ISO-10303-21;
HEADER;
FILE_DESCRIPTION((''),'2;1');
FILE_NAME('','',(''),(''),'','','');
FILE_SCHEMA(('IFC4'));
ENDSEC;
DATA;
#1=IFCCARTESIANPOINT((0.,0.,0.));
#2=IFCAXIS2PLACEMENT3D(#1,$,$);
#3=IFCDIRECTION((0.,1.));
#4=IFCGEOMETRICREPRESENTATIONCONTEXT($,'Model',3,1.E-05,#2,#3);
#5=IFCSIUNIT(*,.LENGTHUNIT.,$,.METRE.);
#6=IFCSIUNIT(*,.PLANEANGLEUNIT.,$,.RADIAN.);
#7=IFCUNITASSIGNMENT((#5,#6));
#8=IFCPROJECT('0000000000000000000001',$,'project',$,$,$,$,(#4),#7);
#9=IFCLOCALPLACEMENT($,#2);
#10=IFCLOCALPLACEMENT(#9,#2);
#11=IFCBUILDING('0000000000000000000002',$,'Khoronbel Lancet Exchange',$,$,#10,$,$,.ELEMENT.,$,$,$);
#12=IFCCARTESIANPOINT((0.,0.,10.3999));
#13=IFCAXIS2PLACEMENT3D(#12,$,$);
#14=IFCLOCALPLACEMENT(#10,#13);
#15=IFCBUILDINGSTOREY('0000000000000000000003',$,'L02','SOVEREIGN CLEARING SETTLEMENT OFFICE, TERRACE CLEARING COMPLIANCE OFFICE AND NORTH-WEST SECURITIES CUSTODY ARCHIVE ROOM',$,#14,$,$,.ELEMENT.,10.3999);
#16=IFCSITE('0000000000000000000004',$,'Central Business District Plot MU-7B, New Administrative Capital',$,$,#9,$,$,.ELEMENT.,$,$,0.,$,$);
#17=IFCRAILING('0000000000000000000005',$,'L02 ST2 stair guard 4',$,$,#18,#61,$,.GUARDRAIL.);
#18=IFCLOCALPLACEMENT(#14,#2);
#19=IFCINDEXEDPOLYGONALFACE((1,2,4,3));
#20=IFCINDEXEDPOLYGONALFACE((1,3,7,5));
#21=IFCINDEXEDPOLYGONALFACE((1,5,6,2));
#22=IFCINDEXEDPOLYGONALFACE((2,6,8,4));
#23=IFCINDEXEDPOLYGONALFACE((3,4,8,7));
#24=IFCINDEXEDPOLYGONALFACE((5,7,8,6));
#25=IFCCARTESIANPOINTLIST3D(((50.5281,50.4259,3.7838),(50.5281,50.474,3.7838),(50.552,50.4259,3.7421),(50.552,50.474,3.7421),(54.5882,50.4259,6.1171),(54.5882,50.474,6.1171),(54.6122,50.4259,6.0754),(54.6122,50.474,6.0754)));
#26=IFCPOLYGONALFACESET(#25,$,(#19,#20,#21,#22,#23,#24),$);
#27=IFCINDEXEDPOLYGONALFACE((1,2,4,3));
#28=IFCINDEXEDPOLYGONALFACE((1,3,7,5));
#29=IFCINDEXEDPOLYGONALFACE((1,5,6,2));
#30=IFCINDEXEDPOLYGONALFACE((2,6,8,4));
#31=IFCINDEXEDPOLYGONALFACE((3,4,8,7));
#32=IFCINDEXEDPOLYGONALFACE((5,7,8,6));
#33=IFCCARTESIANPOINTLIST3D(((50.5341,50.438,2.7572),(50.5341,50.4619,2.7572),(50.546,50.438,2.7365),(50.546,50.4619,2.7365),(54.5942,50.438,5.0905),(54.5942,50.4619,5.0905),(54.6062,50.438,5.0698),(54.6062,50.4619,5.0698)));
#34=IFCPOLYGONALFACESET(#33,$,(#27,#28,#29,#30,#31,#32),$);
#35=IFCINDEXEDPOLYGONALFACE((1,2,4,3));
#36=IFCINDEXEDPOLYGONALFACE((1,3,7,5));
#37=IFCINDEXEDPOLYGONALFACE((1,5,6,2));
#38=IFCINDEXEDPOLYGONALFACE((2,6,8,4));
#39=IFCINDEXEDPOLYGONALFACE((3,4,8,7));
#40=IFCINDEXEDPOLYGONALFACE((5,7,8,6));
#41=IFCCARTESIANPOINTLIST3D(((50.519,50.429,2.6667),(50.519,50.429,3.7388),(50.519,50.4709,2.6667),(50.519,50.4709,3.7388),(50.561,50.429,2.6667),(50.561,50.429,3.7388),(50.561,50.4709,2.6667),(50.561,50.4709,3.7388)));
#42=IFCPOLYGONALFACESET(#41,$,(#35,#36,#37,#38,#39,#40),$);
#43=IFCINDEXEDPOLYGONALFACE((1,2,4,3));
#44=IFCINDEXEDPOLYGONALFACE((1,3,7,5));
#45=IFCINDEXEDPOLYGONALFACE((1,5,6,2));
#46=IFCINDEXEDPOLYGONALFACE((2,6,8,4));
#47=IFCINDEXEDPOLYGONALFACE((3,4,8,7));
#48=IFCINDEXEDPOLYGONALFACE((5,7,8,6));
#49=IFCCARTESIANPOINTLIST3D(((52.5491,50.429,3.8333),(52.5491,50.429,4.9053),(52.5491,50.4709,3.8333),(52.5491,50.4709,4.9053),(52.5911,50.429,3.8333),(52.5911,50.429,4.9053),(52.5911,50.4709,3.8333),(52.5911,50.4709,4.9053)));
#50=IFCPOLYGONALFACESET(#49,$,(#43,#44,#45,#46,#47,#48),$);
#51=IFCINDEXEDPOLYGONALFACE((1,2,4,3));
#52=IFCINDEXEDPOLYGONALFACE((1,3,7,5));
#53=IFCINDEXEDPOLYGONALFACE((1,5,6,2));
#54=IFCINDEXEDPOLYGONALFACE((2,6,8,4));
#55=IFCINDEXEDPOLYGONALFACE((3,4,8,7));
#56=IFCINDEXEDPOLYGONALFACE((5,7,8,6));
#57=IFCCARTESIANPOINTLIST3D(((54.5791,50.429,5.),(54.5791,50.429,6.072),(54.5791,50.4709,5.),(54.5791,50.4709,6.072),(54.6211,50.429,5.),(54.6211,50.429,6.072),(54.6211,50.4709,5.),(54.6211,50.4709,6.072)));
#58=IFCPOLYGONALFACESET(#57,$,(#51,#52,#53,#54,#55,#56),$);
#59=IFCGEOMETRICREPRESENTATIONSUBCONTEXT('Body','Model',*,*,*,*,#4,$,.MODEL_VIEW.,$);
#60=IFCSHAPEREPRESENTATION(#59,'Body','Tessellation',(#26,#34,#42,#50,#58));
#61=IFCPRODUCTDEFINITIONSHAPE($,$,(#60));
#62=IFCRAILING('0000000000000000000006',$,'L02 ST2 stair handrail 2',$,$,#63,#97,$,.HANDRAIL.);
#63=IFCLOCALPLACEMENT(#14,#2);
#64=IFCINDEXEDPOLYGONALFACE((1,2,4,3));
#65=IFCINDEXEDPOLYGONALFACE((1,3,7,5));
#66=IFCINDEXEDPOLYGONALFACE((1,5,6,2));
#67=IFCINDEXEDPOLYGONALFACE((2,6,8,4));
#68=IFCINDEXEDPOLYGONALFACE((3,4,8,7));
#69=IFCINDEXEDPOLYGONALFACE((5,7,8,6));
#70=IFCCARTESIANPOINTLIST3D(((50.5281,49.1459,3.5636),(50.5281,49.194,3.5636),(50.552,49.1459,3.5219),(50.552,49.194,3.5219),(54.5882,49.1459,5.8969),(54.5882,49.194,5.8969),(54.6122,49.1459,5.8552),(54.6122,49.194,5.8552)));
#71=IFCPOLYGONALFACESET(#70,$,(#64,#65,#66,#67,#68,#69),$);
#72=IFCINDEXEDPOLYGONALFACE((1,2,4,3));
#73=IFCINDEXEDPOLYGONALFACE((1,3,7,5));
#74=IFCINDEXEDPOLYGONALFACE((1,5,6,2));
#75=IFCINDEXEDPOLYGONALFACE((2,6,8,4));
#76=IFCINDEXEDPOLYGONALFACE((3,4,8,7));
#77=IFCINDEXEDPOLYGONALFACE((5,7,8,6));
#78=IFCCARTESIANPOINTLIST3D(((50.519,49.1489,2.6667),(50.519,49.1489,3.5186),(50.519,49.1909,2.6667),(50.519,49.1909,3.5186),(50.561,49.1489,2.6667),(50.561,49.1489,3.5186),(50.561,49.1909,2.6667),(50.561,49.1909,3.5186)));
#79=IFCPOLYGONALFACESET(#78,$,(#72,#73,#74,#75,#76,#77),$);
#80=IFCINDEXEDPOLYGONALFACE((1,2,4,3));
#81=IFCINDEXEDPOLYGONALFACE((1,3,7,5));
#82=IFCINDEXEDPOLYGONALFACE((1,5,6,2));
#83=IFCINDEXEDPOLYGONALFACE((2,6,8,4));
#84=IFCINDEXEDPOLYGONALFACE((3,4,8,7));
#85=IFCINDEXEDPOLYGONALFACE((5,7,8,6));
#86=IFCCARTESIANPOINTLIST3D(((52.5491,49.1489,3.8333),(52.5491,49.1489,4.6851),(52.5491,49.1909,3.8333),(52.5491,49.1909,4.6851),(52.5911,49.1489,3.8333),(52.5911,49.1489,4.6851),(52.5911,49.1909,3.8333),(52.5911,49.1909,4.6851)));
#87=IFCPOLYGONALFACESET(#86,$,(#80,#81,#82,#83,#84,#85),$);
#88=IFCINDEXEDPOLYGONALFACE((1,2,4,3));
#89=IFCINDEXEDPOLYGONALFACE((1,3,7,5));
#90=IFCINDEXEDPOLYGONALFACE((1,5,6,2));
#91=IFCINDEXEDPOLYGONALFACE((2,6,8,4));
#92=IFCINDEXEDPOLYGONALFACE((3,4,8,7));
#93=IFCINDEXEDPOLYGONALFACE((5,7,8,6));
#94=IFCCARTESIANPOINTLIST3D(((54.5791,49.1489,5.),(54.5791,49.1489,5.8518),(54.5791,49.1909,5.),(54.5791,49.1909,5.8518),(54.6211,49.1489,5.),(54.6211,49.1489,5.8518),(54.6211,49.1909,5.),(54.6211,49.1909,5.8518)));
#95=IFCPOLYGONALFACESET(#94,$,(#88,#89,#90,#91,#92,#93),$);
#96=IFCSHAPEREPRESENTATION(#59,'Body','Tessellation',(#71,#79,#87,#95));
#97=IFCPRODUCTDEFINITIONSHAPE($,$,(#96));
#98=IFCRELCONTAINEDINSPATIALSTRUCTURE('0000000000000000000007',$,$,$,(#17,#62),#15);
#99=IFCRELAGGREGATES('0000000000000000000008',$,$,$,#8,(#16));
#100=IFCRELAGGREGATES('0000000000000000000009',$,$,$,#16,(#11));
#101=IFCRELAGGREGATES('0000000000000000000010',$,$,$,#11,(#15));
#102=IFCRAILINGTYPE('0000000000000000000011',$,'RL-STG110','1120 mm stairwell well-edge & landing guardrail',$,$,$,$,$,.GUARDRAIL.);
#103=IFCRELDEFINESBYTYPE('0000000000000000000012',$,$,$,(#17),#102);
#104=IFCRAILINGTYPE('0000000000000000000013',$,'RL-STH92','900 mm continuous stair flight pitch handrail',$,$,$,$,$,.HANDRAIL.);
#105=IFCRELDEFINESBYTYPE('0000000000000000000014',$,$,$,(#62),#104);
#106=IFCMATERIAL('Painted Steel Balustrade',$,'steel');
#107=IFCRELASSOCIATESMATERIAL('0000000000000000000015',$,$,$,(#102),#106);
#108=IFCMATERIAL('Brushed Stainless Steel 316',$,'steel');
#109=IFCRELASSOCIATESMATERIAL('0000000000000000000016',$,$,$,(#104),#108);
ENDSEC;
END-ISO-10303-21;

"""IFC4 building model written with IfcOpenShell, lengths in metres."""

from ifc_helpers import new_model, si_unit, direction, frame, origin, origin_2d, place, context, subcontext, project, spatial, rectangle, extrude, material, type_object, element, save


model = new_model("IFC4")

# Units and contexts
model_context = context("Model", 3, precision=1e-05, world=origin(), true_north=direction((0.0, 1.0)))
body_context = subcontext(model_context, "Body", "Model", "MODEL_VIEW")
ifc_project = project(units=[si_unit("LENGTHUNIT", "METRE"), si_unit("PLANEANGLEUNIT", "RADIAN")], contexts=[model_context])

# Site, building, storey
site_placement = place(None, origin())
site = spatial("IfcSite", under=ifc_project, at=site_placement, Name="Central Business District Plot MU-7B, New Administrative Capital", CompositionType="ELEMENT", RefElevation=0.0)
building_placement = place(site_placement, origin())
building = spatial("IfcBuilding", under=site, at=building_placement, Name="Khoronbel Lancet Exchange", CompositionType="ELEMENT")
storey_placement = place(building_placement, frame((0.0, 0.0, 10.3999)))
storey = spatial("IfcBuildingStorey", under=building, at=storey_placement, Name="L02", Description="SOVEREIGN CLEARING SETTLEMENT OFFICE, TERRACE CLEARING COMPLIANCE OFFICE AND NORTH-WEST SECURITIES CUSTODY ARCHIVE ROOM", CompositionType="ELEMENT", Elevation=10.3999)

# Railings
ifc_material_1 = material(Name="Painted Steel Balustrade", Category="steel")
railing_type_1 = type_object("IfcRailingType", Name="RL-STG110", Description="1120 mm stairwell well-edge & landing guardrail", PredefinedType="GUARDRAIL", material=ifc_material_1)
railing_1_placement = place(storey_placement, frame((50.54, 50.45, 2.6667)))
element("IfcRailing", 1, at=railing_1_placement, inside=storey, type_object=railing_type_1, Name="L02 ST2 stair guard 4", PredefinedType="GUARDRAIL", context=body_context, shape_type="SweptSolid", body=[
    extrude(rectangle(XDim=0.0481, YDim=0.0481, at=origin_2d()), frame((0.0, 0.0, 1.0962), z_axis=(0.867025, 0.0, 0.498265), x_axis=(0.0, 1.0, 0.0)), (0.0, 0.0, 1.0), 4.6829),
    extrude(rectangle(XDim=0.0239, YDim=0.0239, at=origin_2d()), frame((0.0, 0.0, 0.0801), z_axis=(0.867025, 0.0, 0.498265), x_axis=(0.0, 1.0, 0.0)), (0.0, 0.0, 1.0), 4.6829),
    extrude(rectangle(XDim=0.042, YDim=0.042, at=origin_2d()), origin(), (0.0, 0.0, 1.0), 1.072),
    extrude(rectangle(XDim=0.042, YDim=0.042, at=origin_2d()), frame((2.03, 0.0, 1.1665)), (0.0, 0.0, 1.0), 1.072),
    extrude(rectangle(XDim=0.042, YDim=0.042, at=origin_2d()), frame((4.0601, 0.0, 2.3333)), (0.0, 0.0, 1.0), 1.072),
])
ifc_material_2 = material(Name="Brushed Stainless Steel 316", Category="steel")
railing_type_2 = type_object("IfcRailingType", Name="RL-STH92", Description="900 mm continuous stair flight pitch handrail", PredefinedType="HANDRAIL", material=ifc_material_2)
railing_2_placement = place(storey_placement, frame((50.54, 49.1699, 2.6667)))
element("IfcRailing", 2, at=railing_2_placement, inside=storey, type_object=railing_type_2, Name="L02 ST2 stair handrail 2", PredefinedType="HANDRAIL", context=body_context, shape_type="SweptSolid", body=[
    extrude(rectangle(XDim=0.0481, YDim=0.0481, at=origin_2d()), frame((0.0, 0.0, 0.876), z_axis=(0.867025, 0.0, 0.498265), x_axis=(0.0, 1.0, 0.0)), (0.0, 0.0, 1.0), 4.6829),
    extrude(rectangle(XDim=0.042, YDim=0.042, at=origin_2d()), origin(), (0.0, 0.0, 1.0), 0.8518),
    extrude(rectangle(XDim=0.042, YDim=0.042, at=origin_2d()), frame((2.03, 0.0, 1.1665)), (0.0, 0.0, 1.0), 0.8518),
    extrude(rectangle(XDim=0.042, YDim=0.042, at=origin_2d()), frame((4.0601, 0.0, 2.3333)), (0.0, 0.0, 1.0), 0.8518),
])

save(model, "model.ifc")
